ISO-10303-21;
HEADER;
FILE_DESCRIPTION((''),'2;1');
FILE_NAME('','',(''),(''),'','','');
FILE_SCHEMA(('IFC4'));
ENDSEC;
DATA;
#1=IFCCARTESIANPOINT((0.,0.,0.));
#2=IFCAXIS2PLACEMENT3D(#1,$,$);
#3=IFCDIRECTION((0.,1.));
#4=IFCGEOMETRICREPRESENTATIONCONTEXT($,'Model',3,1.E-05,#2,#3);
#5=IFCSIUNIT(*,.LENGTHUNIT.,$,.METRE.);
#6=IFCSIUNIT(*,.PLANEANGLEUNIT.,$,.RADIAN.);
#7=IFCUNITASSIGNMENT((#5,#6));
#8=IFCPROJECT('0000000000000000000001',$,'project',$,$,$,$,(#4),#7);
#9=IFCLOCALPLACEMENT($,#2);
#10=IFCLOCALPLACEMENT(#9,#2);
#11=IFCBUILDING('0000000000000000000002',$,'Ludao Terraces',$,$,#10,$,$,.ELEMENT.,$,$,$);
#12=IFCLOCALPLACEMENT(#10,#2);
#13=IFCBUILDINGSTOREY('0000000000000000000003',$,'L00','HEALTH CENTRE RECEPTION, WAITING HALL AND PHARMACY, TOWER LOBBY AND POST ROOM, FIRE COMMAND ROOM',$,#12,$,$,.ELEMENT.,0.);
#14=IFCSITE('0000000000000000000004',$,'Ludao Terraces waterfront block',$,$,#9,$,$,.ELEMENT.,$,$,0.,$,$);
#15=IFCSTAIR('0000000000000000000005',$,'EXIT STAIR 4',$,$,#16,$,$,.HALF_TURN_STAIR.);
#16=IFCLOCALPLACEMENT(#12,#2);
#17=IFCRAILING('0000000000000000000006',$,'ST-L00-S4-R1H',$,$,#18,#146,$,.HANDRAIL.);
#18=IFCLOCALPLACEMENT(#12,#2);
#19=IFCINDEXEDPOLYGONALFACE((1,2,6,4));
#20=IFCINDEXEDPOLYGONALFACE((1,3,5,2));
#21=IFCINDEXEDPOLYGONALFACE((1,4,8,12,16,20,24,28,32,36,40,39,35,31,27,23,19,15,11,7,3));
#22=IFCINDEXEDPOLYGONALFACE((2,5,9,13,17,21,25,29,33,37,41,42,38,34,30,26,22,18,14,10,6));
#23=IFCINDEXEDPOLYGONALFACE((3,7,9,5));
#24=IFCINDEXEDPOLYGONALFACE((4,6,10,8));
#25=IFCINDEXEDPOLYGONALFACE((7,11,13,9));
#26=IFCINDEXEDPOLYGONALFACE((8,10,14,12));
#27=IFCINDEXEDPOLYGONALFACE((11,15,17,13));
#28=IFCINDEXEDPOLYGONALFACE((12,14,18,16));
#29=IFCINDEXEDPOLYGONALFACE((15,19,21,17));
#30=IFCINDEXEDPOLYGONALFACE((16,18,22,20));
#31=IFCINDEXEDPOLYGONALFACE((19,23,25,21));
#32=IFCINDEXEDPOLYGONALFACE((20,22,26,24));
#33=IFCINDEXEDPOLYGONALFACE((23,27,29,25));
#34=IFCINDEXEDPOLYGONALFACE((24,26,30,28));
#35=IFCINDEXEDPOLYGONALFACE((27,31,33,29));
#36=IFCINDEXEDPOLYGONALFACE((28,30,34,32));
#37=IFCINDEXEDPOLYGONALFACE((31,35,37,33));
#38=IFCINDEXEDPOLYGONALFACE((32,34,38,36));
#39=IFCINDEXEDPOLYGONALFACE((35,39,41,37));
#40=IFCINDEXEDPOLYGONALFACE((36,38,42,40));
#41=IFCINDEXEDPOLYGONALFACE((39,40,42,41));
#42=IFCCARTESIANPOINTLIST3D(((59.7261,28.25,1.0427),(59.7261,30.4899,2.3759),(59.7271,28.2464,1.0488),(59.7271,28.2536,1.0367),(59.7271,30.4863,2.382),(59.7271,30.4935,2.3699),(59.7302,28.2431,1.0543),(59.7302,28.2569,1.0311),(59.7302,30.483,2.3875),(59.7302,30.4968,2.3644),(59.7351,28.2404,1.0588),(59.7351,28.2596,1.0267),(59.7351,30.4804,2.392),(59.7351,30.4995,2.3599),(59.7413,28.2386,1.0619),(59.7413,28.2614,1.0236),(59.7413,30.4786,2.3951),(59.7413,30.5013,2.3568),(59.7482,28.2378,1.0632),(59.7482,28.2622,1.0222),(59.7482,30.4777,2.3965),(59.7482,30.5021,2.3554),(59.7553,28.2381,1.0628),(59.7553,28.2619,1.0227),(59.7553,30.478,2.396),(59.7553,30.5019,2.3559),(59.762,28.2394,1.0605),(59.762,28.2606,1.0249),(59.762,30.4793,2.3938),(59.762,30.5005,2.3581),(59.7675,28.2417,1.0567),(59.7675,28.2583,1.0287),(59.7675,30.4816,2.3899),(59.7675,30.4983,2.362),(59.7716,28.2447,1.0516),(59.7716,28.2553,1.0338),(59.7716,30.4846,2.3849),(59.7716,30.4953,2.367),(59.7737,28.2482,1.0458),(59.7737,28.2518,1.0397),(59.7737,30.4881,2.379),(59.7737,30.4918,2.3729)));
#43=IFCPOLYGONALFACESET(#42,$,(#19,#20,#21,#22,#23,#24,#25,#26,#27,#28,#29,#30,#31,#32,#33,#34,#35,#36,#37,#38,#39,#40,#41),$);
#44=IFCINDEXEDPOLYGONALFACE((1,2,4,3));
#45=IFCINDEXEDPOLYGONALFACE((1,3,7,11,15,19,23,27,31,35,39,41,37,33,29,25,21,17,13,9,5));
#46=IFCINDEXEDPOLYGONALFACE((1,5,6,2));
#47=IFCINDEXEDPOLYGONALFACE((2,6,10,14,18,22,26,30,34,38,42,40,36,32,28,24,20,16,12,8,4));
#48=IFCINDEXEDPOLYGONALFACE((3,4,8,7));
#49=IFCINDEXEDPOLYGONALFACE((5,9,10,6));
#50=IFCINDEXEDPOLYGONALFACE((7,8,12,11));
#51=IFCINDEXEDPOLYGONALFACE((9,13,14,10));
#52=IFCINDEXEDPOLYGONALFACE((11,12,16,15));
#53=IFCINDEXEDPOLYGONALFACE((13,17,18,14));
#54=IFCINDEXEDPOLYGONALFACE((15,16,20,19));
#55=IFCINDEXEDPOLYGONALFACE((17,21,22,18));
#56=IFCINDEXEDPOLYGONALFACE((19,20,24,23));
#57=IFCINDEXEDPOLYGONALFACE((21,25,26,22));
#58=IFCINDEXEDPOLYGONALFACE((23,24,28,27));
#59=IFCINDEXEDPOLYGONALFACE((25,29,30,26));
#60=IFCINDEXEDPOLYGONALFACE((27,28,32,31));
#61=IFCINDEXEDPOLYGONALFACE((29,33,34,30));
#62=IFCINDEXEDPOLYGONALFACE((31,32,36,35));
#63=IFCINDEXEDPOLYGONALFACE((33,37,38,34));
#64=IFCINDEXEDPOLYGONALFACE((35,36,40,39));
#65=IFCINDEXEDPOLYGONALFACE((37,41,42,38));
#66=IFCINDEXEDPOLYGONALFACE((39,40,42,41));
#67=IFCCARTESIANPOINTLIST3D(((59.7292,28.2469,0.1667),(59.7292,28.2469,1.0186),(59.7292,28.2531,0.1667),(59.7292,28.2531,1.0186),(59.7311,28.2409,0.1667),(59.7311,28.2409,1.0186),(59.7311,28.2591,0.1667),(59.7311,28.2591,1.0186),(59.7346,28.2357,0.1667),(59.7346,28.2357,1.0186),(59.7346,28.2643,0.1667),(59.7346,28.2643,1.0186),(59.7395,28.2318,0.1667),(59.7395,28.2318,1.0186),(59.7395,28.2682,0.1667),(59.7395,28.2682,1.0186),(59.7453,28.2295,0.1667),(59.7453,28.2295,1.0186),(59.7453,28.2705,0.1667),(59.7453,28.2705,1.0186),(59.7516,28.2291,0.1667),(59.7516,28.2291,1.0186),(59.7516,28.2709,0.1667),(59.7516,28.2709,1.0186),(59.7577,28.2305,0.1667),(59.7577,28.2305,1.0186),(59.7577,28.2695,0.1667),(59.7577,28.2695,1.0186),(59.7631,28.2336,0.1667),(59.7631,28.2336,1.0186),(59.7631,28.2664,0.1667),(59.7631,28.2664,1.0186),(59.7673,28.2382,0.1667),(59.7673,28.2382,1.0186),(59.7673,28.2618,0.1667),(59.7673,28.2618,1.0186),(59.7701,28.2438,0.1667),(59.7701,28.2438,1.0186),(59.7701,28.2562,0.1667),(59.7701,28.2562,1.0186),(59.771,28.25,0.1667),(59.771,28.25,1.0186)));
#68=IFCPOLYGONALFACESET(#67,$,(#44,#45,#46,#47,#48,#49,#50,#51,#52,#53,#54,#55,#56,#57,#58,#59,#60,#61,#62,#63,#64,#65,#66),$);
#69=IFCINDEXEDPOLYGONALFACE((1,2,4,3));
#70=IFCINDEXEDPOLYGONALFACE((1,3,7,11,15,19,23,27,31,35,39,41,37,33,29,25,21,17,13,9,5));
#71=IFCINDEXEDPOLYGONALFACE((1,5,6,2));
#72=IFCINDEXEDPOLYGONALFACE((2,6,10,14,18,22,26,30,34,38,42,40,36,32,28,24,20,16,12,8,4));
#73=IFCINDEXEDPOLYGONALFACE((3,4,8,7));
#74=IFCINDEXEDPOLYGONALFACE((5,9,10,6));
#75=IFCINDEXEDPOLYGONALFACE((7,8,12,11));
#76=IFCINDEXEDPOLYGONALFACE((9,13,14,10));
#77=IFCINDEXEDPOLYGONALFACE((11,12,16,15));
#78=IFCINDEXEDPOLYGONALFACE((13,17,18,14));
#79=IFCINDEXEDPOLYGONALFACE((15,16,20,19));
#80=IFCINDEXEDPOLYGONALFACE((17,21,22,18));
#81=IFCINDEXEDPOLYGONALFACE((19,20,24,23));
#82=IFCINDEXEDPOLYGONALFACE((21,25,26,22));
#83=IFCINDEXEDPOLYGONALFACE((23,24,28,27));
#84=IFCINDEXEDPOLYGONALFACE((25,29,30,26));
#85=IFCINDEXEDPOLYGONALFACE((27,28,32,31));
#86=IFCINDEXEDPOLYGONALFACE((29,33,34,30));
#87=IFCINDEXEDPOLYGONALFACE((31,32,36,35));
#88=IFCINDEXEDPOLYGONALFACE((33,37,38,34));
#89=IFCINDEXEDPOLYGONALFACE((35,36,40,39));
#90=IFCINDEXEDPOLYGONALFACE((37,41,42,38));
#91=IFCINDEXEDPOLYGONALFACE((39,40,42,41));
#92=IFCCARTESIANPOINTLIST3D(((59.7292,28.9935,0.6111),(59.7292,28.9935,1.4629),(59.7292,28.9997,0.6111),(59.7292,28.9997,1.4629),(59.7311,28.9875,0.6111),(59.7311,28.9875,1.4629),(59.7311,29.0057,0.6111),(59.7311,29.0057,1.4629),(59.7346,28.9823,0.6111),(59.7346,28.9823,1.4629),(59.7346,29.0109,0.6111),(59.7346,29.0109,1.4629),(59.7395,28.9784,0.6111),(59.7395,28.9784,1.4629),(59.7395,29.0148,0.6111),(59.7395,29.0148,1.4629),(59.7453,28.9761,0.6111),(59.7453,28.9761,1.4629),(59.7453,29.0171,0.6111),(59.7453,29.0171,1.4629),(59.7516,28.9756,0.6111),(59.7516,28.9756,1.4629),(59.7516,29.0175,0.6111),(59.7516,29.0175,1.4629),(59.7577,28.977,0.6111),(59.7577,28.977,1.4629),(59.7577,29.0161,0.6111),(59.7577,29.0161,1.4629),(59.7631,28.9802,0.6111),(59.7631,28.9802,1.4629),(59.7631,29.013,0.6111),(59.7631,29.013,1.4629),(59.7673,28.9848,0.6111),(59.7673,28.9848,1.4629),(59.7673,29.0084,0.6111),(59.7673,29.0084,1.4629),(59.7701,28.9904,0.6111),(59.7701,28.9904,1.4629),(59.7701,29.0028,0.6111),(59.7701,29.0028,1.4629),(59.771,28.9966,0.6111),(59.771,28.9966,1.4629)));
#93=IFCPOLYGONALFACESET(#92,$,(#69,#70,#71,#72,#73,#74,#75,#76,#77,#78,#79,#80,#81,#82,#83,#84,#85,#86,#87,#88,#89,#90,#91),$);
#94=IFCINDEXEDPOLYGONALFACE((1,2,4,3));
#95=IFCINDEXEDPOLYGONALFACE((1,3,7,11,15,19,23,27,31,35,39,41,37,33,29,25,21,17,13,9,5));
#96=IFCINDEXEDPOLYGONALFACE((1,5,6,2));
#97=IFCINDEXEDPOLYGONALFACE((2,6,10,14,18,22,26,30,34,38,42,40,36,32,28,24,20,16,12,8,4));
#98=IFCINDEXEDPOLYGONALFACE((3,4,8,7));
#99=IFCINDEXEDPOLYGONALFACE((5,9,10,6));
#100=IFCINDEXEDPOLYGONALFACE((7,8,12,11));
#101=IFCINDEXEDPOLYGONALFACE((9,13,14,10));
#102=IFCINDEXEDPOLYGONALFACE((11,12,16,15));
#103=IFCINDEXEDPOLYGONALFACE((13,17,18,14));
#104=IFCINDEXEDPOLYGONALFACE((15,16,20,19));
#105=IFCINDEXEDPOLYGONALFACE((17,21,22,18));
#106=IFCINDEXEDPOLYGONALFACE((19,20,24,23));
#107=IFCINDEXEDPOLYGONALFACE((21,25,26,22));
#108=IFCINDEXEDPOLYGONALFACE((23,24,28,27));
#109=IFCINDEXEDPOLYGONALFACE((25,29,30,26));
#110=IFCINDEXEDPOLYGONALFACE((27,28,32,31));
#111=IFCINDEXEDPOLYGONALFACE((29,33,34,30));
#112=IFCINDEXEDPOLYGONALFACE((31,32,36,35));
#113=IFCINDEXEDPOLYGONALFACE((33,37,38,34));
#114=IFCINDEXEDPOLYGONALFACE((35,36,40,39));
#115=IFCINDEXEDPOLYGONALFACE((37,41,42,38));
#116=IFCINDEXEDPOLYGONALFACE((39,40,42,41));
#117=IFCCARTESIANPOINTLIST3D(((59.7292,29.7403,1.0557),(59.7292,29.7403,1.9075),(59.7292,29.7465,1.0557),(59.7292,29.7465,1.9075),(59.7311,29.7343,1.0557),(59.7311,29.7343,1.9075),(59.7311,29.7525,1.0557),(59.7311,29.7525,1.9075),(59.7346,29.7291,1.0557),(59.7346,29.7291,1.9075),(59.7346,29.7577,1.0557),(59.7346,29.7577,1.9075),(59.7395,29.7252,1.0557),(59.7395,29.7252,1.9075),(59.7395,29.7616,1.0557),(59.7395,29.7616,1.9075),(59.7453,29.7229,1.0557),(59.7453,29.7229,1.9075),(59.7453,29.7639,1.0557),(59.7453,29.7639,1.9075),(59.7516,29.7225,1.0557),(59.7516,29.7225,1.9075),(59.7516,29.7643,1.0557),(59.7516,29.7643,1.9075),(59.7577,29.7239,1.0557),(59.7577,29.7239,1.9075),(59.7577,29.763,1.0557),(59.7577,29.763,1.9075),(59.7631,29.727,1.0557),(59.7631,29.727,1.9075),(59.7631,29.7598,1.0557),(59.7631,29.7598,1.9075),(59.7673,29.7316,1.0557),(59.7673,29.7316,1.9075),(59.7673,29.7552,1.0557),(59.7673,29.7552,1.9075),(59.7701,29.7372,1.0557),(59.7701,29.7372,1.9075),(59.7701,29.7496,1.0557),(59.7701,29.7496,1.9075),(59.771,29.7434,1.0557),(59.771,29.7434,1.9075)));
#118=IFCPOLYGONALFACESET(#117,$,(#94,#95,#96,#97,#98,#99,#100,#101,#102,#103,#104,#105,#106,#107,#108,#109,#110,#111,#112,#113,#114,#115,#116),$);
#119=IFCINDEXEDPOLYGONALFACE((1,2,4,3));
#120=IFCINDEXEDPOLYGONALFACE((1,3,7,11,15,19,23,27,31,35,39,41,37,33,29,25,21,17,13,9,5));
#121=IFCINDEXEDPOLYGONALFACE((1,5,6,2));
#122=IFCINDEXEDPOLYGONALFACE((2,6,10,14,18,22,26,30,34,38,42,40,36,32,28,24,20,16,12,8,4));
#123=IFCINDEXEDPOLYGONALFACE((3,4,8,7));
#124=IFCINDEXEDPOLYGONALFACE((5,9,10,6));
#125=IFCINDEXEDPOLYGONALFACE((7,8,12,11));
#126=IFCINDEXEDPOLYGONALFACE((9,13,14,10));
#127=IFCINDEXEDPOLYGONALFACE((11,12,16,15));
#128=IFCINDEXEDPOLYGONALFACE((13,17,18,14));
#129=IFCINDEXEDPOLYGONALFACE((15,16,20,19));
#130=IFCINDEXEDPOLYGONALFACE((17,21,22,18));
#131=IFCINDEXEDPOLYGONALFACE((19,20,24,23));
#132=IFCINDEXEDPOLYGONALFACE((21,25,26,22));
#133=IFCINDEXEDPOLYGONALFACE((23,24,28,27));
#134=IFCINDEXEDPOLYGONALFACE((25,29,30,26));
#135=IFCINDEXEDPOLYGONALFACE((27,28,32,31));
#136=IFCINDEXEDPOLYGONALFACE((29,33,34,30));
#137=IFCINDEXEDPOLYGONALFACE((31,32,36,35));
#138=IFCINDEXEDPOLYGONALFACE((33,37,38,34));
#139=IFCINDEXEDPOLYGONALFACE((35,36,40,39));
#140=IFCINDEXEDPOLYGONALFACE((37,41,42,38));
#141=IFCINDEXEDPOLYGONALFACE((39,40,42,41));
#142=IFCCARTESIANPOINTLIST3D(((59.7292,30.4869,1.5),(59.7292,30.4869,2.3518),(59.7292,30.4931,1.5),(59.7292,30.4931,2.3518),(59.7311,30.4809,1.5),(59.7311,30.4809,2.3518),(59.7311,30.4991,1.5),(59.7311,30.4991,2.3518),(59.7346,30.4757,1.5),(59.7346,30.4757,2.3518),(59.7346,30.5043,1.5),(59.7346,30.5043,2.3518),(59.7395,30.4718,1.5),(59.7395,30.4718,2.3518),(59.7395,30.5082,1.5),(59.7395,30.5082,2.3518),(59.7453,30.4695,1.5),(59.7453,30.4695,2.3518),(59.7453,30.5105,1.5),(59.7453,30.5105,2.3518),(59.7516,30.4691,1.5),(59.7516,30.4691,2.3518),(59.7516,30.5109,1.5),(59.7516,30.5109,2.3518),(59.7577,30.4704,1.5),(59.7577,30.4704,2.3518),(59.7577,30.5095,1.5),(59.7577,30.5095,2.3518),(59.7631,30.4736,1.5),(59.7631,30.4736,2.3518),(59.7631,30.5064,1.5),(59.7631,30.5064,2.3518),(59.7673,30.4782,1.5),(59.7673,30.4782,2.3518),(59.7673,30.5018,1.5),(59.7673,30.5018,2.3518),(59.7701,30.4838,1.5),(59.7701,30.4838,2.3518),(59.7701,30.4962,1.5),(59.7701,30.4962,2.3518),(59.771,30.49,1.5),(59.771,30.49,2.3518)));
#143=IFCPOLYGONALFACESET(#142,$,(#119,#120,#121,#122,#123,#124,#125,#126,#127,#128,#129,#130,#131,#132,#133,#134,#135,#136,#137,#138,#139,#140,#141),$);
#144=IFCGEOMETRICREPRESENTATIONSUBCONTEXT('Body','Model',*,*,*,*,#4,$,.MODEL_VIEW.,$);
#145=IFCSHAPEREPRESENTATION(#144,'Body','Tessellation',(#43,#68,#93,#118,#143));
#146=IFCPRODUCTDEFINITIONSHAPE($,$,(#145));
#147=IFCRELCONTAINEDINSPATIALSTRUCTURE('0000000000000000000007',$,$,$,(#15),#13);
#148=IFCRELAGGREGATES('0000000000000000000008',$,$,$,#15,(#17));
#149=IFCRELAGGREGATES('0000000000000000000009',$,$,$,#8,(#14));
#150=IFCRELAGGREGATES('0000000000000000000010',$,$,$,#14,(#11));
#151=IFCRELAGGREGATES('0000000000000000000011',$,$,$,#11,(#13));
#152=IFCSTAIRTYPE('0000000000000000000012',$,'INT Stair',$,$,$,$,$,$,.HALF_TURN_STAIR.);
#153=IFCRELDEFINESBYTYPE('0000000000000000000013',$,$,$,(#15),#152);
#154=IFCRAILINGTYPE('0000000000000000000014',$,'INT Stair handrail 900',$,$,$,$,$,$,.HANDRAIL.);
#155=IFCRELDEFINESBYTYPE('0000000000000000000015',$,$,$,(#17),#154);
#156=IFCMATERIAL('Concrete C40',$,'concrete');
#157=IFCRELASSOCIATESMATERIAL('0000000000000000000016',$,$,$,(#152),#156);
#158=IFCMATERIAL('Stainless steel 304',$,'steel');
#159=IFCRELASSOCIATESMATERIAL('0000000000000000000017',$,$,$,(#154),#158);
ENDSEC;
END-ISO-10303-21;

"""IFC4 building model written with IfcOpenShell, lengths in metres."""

from ifc_helpers import new_model, si_unit, direction, frame, origin, origin_2d, place, context, subcontext, project, spatial, circle, extrude, material, type_object, element, aggregate, save


model = new_model("IFC4")

# Units and contexts
model_context = context("Model", 3, precision=1e-05, world=origin(), true_north=direction((0.0, 1.0)))
body_context = subcontext(model_context, "Body", "Model", "MODEL_VIEW")
ifc_project = project(units=[si_unit("LENGTHUNIT", "METRE"), si_unit("PLANEANGLEUNIT", "RADIAN")], contexts=[model_context])

# Site, building, storey
site_placement = place(None, origin())
site = spatial("IfcSite", under=ifc_project, at=site_placement, Name="Ludao Terraces waterfront block", CompositionType="ELEMENT", RefElevation=0.0)
building_placement = place(site_placement, origin())
building = spatial("IfcBuilding", under=site, at=building_placement, Name="Ludao Terraces", CompositionType="ELEMENT")
storey_placement = place(building_placement, origin())
storey = spatial("IfcBuildingStorey", under=building, at=storey_placement, Name="L00", Description="HEALTH CENTRE RECEPTION, WAITING HALL AND PHARMACY, TOWER LOBBY AND POST ROOM, FIRE COMMAND ROOM", CompositionType="ELEMENT", Elevation=0.0)

# Shared definitions
ifc_material_1 = material(Name="Concrete C40", Category="concrete")

# Stair, railing
stair_type = type_object("IfcStairType", Name="INT Stair", PredefinedType="HALF_TURN_STAIR", material=ifc_material_1)
stair_placement = place(storey_placement, origin())
stair = element("IfcStair", 1, at=stair_placement, inside=storey, type_object=stair_type, Name="EXIT STAIR 4", PredefinedType="HALF_TURN_STAIR")
ifc_material_2 = material(Name="Stainless steel 304", Category="steel")
railing_type_1 = type_object("IfcRailingType", Name="INT Stair handrail 900", PredefinedType="HANDRAIL", material=ifc_material_2)
railing_1_placement = place(storey_placement, frame((59.75, 28.25, 0.1667)))
railing_1 = element("IfcRailing", 2, at=railing_1_placement, type_object=railing_type_1, Name="ST-L00-S4-R1H", PredefinedType="HANDRAIL", context=body_context, shape_type="SweptSolid", body=[
    extrude(circle(Radius=0.0239, at=origin_2d()), frame((0.0, 0.0, 0.876), z_axis=(0.0, 0.859306, 0.511462), x_axis=(-1.0, 0.0, 0.0)), (0.0, 0.0, 1.0), 2.6067),
    extrude(circle(Radius=0.021, at=origin_2d()), origin(), (0.0, 0.0, 1.0), 0.8518),
    extrude(circle(Radius=0.021, at=origin_2d()), frame((0.0, 0.7466, 0.4443)), (0.0, 0.0, 1.0), 0.8518),
    extrude(circle(Radius=0.021, at=origin_2d()), frame((0.0, 1.4934, 0.8889)), (0.0, 0.0, 1.0), 0.8518),
    extrude(circle(Radius=0.021, at=origin_2d()), frame((0.0, 2.24, 1.3333)), (0.0, 0.0, 1.0), 0.8518),
])
aggregate(stair, [railing_1])

save(model, "model.ifc")
